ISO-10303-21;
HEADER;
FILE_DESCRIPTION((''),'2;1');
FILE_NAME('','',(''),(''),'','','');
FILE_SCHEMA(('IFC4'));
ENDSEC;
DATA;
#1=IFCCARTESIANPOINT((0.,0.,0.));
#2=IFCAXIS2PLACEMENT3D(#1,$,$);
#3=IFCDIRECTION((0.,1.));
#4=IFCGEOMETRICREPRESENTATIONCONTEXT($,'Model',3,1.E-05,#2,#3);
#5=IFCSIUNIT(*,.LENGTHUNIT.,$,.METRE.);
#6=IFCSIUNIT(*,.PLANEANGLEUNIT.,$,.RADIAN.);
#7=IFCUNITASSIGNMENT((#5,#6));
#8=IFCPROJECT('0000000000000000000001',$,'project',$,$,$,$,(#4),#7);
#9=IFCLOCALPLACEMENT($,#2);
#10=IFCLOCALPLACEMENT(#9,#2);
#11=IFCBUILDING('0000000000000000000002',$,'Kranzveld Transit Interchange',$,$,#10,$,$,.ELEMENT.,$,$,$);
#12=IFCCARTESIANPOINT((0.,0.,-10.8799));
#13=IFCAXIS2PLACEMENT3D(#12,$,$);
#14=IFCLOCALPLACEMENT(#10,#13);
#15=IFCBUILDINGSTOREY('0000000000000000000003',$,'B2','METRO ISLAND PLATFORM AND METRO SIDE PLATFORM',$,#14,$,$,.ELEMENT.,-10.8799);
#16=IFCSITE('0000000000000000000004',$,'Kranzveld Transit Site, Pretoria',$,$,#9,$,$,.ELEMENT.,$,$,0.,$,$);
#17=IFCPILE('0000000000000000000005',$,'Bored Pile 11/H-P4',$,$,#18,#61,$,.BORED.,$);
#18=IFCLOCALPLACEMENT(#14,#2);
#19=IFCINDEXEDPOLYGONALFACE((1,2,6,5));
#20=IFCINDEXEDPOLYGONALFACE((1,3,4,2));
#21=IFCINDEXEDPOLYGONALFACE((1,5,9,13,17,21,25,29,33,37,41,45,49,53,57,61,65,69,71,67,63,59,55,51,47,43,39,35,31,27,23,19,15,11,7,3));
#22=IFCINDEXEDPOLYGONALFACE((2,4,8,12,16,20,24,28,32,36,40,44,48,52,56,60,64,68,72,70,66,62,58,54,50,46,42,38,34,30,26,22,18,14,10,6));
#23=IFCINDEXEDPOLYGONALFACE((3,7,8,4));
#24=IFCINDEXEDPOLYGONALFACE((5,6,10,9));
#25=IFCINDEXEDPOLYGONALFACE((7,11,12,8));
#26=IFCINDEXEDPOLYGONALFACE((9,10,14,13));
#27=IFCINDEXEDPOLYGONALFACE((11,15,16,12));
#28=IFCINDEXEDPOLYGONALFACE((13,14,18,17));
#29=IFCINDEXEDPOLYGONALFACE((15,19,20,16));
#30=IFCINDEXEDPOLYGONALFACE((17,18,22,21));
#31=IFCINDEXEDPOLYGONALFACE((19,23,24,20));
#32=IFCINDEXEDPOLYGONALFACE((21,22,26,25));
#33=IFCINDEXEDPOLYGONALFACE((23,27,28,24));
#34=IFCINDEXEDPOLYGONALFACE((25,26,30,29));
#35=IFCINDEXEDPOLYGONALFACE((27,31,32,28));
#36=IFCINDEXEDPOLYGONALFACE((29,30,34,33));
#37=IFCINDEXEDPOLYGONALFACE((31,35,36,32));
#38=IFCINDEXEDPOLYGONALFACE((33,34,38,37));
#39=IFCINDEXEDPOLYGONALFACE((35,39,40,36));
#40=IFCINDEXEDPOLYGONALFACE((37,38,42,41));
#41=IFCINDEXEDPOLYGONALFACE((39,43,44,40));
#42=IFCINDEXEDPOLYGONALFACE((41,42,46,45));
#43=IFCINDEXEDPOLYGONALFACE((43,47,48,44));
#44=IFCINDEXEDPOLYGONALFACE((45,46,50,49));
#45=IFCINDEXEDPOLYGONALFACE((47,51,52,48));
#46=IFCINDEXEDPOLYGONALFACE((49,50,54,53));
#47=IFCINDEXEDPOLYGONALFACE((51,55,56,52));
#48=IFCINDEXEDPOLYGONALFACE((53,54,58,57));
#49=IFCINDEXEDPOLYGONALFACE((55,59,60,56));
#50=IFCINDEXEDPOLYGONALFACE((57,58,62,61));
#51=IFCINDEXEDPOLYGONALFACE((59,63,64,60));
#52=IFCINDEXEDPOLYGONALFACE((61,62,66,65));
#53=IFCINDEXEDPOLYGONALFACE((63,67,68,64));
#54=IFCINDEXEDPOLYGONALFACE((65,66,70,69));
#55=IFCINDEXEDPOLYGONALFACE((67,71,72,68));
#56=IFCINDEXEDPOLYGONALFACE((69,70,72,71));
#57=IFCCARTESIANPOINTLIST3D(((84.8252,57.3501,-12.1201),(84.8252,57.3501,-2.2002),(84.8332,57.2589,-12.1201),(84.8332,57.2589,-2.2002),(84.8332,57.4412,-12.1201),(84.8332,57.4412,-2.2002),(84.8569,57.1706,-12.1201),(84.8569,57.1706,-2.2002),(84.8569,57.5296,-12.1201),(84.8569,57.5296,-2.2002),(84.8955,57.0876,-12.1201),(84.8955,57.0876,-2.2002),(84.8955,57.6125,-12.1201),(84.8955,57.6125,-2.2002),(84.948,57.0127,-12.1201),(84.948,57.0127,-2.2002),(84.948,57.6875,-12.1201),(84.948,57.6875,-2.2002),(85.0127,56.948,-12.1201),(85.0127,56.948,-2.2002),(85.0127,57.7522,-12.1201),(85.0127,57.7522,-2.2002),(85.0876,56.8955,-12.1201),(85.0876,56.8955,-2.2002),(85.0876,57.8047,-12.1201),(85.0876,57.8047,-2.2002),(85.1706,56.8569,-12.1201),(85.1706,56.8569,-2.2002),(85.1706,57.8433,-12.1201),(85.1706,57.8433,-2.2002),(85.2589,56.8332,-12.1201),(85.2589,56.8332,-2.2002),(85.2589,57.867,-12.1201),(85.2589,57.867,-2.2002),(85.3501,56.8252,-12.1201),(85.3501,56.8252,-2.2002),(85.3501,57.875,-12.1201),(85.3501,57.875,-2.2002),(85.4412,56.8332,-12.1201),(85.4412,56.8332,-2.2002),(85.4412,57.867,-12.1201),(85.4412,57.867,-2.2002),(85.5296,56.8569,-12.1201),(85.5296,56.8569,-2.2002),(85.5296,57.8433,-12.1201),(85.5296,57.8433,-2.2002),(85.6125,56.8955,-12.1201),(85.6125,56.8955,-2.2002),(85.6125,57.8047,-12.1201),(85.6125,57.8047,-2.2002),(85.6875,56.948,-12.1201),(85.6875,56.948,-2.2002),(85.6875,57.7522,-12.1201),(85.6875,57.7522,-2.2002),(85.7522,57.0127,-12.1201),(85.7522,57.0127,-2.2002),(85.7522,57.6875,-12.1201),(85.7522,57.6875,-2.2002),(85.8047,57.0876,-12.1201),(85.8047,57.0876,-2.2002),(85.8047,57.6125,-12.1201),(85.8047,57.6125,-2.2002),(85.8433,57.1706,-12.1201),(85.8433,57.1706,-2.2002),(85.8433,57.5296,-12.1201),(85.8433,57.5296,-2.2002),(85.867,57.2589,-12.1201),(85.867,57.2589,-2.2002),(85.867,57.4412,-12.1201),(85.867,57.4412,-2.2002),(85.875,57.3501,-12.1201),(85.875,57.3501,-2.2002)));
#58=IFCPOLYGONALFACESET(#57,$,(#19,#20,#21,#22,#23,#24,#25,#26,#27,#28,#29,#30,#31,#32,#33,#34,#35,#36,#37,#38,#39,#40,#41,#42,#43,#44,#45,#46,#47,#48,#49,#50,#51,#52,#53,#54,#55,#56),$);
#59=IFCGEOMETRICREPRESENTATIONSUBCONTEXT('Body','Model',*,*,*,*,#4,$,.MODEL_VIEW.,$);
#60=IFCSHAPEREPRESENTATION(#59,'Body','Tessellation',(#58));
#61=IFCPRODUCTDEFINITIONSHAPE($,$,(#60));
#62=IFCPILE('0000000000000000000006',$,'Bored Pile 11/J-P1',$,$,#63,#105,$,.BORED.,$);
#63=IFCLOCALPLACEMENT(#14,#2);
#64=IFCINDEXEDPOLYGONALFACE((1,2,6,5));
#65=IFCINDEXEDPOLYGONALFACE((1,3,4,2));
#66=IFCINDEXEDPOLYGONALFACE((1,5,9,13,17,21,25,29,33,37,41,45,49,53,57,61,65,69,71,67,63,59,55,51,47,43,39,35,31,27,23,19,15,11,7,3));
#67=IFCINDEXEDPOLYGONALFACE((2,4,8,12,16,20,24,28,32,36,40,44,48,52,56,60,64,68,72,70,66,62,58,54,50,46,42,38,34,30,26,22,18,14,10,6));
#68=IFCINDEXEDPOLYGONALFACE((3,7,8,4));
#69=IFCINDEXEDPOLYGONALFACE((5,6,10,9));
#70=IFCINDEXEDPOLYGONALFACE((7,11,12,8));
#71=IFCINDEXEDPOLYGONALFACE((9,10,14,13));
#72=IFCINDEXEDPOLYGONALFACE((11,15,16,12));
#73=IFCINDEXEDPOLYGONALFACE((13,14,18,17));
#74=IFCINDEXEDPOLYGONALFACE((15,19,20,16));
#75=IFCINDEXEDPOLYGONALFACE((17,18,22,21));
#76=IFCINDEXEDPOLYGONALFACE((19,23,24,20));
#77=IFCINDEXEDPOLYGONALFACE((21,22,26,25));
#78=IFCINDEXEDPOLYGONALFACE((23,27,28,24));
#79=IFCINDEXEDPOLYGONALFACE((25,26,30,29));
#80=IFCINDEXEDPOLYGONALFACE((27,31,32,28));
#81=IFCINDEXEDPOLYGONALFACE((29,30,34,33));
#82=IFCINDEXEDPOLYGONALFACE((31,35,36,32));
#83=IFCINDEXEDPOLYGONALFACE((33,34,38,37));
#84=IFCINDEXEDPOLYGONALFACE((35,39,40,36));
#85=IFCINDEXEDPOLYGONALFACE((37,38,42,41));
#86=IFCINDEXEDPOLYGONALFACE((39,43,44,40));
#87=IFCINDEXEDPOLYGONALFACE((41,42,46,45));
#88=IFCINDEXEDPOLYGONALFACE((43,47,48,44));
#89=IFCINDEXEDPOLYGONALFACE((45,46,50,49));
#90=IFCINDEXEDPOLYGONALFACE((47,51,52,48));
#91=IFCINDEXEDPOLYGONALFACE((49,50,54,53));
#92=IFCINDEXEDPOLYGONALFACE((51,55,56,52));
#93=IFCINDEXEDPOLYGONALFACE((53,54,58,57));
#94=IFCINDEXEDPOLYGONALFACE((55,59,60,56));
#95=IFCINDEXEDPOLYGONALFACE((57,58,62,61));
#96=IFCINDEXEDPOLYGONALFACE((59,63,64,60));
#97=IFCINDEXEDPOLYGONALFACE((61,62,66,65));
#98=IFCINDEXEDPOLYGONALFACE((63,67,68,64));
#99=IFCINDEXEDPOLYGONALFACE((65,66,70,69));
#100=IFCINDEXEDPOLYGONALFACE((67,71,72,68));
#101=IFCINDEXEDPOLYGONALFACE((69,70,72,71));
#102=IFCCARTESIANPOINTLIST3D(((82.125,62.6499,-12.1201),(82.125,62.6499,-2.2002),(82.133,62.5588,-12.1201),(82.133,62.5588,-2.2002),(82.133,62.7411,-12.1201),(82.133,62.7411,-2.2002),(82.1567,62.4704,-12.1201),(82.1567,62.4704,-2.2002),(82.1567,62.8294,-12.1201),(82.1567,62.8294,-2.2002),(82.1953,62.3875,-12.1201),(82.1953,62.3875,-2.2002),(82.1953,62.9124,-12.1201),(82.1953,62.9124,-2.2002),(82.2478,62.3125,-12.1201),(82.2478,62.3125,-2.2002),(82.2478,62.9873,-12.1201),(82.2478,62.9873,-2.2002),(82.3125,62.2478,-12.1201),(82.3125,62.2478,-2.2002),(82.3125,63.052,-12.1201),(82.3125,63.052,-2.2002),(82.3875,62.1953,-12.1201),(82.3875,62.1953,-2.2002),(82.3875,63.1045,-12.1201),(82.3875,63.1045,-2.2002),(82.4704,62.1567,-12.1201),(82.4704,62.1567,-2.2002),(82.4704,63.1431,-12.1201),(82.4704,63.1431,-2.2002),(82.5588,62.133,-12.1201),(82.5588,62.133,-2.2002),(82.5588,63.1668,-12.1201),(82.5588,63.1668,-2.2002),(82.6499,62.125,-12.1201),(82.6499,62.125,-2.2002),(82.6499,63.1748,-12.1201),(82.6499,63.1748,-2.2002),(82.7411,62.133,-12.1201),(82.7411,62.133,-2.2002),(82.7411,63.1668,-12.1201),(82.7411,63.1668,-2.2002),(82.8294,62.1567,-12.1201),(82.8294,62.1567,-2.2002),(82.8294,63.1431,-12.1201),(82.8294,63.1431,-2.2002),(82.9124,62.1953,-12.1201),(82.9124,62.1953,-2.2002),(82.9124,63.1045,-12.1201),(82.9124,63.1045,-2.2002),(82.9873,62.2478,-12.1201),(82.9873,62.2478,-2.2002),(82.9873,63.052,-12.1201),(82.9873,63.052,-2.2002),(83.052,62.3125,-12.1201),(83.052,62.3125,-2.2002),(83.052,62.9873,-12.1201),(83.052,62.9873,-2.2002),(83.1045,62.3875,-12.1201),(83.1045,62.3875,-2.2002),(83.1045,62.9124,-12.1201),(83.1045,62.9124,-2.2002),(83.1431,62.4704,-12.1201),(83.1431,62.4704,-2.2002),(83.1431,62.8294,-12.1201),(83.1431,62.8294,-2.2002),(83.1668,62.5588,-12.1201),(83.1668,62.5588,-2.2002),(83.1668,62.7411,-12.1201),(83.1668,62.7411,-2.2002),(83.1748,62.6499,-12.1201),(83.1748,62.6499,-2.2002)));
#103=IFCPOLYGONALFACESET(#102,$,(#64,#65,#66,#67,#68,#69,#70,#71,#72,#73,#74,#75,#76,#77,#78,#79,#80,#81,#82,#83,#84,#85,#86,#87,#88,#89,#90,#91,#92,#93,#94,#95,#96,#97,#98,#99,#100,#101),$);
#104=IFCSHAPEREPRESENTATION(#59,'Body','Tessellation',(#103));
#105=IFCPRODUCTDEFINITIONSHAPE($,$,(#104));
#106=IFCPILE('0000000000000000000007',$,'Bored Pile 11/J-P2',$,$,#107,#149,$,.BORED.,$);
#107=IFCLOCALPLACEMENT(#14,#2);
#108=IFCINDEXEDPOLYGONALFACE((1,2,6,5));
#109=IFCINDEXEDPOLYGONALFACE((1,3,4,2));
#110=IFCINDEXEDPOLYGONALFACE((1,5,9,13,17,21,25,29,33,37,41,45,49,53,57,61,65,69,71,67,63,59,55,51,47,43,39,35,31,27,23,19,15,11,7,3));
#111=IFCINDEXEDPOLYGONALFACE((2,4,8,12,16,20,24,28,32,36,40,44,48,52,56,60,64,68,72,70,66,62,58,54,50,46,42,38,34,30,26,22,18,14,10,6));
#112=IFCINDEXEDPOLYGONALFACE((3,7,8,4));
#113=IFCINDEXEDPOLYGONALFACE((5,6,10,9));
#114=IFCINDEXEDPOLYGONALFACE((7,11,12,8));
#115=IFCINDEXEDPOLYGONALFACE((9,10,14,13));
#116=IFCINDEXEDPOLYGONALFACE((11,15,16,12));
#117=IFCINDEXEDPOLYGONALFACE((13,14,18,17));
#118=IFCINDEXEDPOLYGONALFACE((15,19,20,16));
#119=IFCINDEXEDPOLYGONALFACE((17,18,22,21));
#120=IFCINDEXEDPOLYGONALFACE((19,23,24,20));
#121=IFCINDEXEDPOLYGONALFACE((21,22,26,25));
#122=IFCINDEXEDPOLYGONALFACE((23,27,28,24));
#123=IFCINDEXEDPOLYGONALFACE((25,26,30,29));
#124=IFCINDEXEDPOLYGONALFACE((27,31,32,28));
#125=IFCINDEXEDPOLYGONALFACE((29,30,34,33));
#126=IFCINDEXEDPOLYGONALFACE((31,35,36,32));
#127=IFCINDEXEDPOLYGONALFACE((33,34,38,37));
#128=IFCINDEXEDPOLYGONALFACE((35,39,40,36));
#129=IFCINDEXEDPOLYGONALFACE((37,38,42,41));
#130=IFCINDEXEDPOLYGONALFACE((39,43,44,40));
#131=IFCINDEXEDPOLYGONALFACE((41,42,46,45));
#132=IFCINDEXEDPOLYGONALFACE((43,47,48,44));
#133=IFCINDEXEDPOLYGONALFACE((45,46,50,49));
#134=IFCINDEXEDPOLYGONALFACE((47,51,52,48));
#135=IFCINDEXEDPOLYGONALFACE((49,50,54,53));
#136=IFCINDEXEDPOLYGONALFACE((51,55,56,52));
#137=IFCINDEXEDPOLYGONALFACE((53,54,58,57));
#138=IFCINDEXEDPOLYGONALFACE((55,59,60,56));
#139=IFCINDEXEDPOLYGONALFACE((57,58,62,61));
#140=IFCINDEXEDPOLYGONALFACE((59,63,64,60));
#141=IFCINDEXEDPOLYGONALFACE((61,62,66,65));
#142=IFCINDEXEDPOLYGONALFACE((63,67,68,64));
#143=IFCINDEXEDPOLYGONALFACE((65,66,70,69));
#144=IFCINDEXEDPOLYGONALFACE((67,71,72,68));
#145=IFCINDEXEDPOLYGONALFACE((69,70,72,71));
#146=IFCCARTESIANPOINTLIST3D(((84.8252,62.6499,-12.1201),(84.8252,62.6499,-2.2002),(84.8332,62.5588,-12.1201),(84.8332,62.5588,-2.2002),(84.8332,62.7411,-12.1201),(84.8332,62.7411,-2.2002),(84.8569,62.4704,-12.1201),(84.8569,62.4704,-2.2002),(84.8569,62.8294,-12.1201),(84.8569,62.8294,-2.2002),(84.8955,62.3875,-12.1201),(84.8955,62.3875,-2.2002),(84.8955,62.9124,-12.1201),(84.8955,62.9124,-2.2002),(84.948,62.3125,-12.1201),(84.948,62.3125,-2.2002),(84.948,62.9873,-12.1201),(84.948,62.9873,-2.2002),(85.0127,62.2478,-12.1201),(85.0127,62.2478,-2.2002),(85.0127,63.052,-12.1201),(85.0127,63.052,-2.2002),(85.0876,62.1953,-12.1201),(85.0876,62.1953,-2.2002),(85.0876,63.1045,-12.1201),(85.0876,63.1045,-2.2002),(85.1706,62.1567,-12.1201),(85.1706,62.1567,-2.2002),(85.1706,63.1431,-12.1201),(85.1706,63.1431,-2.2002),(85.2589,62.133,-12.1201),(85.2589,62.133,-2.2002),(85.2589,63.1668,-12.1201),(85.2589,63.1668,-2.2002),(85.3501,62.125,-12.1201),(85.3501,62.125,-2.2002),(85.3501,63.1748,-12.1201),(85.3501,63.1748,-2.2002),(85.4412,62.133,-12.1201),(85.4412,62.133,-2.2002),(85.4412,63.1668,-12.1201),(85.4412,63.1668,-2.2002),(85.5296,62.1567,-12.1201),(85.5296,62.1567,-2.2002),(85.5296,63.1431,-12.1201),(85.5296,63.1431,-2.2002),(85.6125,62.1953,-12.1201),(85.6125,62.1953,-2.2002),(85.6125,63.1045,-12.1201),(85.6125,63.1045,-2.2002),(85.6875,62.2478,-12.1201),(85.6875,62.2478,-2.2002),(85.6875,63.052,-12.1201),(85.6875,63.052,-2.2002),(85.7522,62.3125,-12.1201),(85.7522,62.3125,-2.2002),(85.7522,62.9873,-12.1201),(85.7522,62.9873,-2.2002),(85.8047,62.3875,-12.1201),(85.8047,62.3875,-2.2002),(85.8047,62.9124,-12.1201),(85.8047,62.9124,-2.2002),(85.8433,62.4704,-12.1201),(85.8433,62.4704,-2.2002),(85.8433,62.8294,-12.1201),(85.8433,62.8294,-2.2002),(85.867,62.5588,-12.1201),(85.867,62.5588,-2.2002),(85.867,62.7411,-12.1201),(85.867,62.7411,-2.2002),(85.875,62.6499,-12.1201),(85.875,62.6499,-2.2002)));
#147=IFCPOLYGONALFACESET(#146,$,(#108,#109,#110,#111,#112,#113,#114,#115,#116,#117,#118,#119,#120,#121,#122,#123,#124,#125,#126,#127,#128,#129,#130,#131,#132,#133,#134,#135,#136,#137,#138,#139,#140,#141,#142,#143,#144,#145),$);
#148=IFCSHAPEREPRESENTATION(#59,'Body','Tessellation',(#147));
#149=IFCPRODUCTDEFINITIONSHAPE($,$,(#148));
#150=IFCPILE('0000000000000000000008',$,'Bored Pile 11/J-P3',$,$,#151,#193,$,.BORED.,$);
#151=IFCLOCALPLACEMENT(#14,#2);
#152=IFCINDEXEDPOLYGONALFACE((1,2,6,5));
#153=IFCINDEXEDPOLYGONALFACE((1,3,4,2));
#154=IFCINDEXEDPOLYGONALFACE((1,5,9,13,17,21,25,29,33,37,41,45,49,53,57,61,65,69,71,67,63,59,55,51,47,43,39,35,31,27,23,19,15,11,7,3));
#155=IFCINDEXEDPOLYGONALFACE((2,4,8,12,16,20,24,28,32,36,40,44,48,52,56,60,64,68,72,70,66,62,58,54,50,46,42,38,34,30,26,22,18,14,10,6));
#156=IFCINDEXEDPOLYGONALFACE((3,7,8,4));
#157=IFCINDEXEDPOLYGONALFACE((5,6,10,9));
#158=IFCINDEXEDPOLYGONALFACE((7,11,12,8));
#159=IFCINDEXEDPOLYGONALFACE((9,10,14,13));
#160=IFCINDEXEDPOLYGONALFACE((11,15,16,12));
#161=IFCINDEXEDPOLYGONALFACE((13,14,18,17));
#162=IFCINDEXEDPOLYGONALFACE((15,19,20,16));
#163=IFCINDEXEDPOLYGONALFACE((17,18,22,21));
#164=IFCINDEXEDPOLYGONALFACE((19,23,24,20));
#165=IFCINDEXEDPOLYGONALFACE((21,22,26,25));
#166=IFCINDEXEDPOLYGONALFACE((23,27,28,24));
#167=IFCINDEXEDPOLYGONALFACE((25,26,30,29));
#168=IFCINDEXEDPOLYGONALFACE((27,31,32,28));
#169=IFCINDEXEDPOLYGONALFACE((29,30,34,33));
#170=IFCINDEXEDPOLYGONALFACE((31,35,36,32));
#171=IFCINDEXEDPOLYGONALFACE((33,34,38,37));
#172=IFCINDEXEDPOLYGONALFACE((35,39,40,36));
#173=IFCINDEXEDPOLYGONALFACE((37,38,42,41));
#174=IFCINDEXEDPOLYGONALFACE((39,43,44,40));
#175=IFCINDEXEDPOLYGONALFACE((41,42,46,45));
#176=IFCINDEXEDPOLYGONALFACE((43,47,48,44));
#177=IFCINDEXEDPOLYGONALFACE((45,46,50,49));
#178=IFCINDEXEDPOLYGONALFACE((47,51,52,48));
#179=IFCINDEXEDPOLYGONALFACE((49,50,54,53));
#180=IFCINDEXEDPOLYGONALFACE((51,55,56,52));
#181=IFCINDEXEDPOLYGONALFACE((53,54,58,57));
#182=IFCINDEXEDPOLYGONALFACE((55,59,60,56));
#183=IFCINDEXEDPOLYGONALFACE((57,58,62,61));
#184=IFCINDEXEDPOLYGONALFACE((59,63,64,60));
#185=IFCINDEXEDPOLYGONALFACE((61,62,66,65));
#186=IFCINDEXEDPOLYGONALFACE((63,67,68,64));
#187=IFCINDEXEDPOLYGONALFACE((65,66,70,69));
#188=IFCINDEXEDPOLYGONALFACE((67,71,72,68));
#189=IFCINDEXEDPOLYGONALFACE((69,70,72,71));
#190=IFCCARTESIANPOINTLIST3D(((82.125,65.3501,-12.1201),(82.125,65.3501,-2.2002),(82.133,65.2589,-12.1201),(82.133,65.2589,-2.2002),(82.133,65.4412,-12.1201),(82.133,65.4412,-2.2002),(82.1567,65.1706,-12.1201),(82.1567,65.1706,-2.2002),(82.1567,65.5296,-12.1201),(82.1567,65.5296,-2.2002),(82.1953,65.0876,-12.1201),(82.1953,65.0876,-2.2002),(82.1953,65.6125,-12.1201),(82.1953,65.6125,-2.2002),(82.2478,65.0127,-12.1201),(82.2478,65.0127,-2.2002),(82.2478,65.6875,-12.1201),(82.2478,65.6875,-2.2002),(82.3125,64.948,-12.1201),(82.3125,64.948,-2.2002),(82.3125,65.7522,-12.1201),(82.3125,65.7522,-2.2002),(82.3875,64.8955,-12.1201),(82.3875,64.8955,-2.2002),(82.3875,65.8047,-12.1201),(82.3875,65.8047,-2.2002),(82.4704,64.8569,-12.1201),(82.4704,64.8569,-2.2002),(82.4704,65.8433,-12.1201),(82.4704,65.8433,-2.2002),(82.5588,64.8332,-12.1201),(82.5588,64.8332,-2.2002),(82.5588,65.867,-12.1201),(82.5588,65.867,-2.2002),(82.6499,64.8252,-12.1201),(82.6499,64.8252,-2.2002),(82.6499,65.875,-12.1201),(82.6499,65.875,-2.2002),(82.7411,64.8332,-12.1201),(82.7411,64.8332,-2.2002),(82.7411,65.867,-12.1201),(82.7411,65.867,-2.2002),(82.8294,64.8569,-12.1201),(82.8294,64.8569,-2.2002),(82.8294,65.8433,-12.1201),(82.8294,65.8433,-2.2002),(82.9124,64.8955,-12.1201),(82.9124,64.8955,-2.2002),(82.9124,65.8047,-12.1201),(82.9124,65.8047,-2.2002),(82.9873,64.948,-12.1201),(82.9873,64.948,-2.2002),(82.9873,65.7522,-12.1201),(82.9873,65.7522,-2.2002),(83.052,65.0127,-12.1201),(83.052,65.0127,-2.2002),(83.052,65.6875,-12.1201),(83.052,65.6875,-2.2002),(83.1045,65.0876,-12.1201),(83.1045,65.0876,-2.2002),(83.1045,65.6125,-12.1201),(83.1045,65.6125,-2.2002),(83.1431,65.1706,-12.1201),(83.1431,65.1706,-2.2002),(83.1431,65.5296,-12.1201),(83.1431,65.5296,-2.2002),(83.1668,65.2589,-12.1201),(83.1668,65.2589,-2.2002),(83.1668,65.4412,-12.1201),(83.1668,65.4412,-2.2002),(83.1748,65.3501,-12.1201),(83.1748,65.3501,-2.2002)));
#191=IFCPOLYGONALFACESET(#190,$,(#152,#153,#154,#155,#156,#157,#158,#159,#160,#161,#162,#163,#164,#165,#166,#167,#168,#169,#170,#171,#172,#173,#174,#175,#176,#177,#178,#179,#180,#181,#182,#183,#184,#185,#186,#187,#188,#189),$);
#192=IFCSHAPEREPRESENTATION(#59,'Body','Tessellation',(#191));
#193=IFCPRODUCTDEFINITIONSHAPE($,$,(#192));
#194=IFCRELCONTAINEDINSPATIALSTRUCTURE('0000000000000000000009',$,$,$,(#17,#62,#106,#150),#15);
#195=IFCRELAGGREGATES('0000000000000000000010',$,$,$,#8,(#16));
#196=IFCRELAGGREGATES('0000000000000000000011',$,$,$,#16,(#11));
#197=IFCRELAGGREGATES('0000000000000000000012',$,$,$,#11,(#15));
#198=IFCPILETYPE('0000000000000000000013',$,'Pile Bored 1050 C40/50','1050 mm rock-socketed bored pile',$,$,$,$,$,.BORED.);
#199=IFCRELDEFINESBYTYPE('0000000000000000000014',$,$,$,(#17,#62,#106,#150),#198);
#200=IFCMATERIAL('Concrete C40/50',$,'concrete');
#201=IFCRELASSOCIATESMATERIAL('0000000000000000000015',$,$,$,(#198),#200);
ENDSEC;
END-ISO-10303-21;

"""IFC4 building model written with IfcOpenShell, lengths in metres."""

from ifc_helpers import new_model, si_unit, direction, frame, origin, origin_2d, place, context, subcontext, project, spatial, circle, extrude, material, material_profile, profile_set, type_object, element, save


model = new_model("IFC4")

# Units and contexts
model_context = context("Model", 3, precision=1e-05, world=origin(), true_north=direction((0.0, 1.0)))
body_context = subcontext(model_context, "Body", "Model", "MODEL_VIEW")
ifc_project = project(units=[si_unit("LENGTHUNIT", "METRE"), si_unit("PLANEANGLEUNIT", "RADIAN")], contexts=[model_context])

# Site, building, storey
site_placement = place(None, origin())
site = spatial("IfcSite", under=ifc_project, at=site_placement, Name="Kranzveld Transit Site, Pretoria", CompositionType="ELEMENT", RefElevation=0.0)
building_placement = place(site_placement, origin())
building = spatial("IfcBuilding", under=site, at=building_placement, Name="Kranzveld Transit Interchange", CompositionType="ELEMENT")
storey_placement = place(building_placement, frame((0.0, 0.0, -10.8799)))
storey = spatial("IfcBuildingStorey", under=building, at=storey_placement, Name="B2", Description="METRO ISLAND PLATFORM AND METRO SIDE PLATFORM", CompositionType="ELEMENT", Elevation=-10.8799)

# Piles
ifc_material_1 = material(Name="Concrete C40/50", Category="concrete")
ifc_material_profile_1 = material_profile(ifc_material_1, circle(Radius=0.5249, at=origin_2d()), Name="BORED PILE 1050")
ifc_profile_set_1 = profile_set([ifc_material_profile_1], Name="Concrete C40/50")
pile_type_1 = type_object("IfcPileType", Name="Pile Bored 1050 C40/50", Description="1050 mm rock-socketed bored pile", PredefinedType="BORED", material=ifc_profile_set_1)
for number, where, z_axis, x_axis, name in (
    (1, (85.3501, 57.3501, -2.2002), (0.0, 0.0, -1.0), (1.0, 0.0, 0.0), "Bored Pile 11/H-P4"),
    (2, (82.6499, 62.6499, -2.2002), (0.0, 0.0, -1.0), (1.0, 0.0, 0.0), "Bored Pile 11/J-P1"),
    (3, (85.3501, 62.6499, -2.2002), (0.0, 0.0, -1.0), (1.0, 0.0, 0.0), "Bored Pile 11/J-P2"),
    (4, (82.6499, 65.3501, -2.2002), (0.0, 0.0, -1.0), (1.0, 0.0, 0.0), "Bored Pile 11/J-P3"),
):
    element("IfcPile", number, at=place(storey_placement, frame(where, z_axis=z_axis, x_axis=x_axis)), inside=storey, type_object=pile_type_1, Name=name, PredefinedType="BORED", context=body_context, shape_type="SweptSolid", body=[
        extrude(circle(Radius=0.5249, at=origin_2d()), origin(), (0.0, 0.0, 1.0), 9.9199),
    ])

save(model, "model.ifc")
